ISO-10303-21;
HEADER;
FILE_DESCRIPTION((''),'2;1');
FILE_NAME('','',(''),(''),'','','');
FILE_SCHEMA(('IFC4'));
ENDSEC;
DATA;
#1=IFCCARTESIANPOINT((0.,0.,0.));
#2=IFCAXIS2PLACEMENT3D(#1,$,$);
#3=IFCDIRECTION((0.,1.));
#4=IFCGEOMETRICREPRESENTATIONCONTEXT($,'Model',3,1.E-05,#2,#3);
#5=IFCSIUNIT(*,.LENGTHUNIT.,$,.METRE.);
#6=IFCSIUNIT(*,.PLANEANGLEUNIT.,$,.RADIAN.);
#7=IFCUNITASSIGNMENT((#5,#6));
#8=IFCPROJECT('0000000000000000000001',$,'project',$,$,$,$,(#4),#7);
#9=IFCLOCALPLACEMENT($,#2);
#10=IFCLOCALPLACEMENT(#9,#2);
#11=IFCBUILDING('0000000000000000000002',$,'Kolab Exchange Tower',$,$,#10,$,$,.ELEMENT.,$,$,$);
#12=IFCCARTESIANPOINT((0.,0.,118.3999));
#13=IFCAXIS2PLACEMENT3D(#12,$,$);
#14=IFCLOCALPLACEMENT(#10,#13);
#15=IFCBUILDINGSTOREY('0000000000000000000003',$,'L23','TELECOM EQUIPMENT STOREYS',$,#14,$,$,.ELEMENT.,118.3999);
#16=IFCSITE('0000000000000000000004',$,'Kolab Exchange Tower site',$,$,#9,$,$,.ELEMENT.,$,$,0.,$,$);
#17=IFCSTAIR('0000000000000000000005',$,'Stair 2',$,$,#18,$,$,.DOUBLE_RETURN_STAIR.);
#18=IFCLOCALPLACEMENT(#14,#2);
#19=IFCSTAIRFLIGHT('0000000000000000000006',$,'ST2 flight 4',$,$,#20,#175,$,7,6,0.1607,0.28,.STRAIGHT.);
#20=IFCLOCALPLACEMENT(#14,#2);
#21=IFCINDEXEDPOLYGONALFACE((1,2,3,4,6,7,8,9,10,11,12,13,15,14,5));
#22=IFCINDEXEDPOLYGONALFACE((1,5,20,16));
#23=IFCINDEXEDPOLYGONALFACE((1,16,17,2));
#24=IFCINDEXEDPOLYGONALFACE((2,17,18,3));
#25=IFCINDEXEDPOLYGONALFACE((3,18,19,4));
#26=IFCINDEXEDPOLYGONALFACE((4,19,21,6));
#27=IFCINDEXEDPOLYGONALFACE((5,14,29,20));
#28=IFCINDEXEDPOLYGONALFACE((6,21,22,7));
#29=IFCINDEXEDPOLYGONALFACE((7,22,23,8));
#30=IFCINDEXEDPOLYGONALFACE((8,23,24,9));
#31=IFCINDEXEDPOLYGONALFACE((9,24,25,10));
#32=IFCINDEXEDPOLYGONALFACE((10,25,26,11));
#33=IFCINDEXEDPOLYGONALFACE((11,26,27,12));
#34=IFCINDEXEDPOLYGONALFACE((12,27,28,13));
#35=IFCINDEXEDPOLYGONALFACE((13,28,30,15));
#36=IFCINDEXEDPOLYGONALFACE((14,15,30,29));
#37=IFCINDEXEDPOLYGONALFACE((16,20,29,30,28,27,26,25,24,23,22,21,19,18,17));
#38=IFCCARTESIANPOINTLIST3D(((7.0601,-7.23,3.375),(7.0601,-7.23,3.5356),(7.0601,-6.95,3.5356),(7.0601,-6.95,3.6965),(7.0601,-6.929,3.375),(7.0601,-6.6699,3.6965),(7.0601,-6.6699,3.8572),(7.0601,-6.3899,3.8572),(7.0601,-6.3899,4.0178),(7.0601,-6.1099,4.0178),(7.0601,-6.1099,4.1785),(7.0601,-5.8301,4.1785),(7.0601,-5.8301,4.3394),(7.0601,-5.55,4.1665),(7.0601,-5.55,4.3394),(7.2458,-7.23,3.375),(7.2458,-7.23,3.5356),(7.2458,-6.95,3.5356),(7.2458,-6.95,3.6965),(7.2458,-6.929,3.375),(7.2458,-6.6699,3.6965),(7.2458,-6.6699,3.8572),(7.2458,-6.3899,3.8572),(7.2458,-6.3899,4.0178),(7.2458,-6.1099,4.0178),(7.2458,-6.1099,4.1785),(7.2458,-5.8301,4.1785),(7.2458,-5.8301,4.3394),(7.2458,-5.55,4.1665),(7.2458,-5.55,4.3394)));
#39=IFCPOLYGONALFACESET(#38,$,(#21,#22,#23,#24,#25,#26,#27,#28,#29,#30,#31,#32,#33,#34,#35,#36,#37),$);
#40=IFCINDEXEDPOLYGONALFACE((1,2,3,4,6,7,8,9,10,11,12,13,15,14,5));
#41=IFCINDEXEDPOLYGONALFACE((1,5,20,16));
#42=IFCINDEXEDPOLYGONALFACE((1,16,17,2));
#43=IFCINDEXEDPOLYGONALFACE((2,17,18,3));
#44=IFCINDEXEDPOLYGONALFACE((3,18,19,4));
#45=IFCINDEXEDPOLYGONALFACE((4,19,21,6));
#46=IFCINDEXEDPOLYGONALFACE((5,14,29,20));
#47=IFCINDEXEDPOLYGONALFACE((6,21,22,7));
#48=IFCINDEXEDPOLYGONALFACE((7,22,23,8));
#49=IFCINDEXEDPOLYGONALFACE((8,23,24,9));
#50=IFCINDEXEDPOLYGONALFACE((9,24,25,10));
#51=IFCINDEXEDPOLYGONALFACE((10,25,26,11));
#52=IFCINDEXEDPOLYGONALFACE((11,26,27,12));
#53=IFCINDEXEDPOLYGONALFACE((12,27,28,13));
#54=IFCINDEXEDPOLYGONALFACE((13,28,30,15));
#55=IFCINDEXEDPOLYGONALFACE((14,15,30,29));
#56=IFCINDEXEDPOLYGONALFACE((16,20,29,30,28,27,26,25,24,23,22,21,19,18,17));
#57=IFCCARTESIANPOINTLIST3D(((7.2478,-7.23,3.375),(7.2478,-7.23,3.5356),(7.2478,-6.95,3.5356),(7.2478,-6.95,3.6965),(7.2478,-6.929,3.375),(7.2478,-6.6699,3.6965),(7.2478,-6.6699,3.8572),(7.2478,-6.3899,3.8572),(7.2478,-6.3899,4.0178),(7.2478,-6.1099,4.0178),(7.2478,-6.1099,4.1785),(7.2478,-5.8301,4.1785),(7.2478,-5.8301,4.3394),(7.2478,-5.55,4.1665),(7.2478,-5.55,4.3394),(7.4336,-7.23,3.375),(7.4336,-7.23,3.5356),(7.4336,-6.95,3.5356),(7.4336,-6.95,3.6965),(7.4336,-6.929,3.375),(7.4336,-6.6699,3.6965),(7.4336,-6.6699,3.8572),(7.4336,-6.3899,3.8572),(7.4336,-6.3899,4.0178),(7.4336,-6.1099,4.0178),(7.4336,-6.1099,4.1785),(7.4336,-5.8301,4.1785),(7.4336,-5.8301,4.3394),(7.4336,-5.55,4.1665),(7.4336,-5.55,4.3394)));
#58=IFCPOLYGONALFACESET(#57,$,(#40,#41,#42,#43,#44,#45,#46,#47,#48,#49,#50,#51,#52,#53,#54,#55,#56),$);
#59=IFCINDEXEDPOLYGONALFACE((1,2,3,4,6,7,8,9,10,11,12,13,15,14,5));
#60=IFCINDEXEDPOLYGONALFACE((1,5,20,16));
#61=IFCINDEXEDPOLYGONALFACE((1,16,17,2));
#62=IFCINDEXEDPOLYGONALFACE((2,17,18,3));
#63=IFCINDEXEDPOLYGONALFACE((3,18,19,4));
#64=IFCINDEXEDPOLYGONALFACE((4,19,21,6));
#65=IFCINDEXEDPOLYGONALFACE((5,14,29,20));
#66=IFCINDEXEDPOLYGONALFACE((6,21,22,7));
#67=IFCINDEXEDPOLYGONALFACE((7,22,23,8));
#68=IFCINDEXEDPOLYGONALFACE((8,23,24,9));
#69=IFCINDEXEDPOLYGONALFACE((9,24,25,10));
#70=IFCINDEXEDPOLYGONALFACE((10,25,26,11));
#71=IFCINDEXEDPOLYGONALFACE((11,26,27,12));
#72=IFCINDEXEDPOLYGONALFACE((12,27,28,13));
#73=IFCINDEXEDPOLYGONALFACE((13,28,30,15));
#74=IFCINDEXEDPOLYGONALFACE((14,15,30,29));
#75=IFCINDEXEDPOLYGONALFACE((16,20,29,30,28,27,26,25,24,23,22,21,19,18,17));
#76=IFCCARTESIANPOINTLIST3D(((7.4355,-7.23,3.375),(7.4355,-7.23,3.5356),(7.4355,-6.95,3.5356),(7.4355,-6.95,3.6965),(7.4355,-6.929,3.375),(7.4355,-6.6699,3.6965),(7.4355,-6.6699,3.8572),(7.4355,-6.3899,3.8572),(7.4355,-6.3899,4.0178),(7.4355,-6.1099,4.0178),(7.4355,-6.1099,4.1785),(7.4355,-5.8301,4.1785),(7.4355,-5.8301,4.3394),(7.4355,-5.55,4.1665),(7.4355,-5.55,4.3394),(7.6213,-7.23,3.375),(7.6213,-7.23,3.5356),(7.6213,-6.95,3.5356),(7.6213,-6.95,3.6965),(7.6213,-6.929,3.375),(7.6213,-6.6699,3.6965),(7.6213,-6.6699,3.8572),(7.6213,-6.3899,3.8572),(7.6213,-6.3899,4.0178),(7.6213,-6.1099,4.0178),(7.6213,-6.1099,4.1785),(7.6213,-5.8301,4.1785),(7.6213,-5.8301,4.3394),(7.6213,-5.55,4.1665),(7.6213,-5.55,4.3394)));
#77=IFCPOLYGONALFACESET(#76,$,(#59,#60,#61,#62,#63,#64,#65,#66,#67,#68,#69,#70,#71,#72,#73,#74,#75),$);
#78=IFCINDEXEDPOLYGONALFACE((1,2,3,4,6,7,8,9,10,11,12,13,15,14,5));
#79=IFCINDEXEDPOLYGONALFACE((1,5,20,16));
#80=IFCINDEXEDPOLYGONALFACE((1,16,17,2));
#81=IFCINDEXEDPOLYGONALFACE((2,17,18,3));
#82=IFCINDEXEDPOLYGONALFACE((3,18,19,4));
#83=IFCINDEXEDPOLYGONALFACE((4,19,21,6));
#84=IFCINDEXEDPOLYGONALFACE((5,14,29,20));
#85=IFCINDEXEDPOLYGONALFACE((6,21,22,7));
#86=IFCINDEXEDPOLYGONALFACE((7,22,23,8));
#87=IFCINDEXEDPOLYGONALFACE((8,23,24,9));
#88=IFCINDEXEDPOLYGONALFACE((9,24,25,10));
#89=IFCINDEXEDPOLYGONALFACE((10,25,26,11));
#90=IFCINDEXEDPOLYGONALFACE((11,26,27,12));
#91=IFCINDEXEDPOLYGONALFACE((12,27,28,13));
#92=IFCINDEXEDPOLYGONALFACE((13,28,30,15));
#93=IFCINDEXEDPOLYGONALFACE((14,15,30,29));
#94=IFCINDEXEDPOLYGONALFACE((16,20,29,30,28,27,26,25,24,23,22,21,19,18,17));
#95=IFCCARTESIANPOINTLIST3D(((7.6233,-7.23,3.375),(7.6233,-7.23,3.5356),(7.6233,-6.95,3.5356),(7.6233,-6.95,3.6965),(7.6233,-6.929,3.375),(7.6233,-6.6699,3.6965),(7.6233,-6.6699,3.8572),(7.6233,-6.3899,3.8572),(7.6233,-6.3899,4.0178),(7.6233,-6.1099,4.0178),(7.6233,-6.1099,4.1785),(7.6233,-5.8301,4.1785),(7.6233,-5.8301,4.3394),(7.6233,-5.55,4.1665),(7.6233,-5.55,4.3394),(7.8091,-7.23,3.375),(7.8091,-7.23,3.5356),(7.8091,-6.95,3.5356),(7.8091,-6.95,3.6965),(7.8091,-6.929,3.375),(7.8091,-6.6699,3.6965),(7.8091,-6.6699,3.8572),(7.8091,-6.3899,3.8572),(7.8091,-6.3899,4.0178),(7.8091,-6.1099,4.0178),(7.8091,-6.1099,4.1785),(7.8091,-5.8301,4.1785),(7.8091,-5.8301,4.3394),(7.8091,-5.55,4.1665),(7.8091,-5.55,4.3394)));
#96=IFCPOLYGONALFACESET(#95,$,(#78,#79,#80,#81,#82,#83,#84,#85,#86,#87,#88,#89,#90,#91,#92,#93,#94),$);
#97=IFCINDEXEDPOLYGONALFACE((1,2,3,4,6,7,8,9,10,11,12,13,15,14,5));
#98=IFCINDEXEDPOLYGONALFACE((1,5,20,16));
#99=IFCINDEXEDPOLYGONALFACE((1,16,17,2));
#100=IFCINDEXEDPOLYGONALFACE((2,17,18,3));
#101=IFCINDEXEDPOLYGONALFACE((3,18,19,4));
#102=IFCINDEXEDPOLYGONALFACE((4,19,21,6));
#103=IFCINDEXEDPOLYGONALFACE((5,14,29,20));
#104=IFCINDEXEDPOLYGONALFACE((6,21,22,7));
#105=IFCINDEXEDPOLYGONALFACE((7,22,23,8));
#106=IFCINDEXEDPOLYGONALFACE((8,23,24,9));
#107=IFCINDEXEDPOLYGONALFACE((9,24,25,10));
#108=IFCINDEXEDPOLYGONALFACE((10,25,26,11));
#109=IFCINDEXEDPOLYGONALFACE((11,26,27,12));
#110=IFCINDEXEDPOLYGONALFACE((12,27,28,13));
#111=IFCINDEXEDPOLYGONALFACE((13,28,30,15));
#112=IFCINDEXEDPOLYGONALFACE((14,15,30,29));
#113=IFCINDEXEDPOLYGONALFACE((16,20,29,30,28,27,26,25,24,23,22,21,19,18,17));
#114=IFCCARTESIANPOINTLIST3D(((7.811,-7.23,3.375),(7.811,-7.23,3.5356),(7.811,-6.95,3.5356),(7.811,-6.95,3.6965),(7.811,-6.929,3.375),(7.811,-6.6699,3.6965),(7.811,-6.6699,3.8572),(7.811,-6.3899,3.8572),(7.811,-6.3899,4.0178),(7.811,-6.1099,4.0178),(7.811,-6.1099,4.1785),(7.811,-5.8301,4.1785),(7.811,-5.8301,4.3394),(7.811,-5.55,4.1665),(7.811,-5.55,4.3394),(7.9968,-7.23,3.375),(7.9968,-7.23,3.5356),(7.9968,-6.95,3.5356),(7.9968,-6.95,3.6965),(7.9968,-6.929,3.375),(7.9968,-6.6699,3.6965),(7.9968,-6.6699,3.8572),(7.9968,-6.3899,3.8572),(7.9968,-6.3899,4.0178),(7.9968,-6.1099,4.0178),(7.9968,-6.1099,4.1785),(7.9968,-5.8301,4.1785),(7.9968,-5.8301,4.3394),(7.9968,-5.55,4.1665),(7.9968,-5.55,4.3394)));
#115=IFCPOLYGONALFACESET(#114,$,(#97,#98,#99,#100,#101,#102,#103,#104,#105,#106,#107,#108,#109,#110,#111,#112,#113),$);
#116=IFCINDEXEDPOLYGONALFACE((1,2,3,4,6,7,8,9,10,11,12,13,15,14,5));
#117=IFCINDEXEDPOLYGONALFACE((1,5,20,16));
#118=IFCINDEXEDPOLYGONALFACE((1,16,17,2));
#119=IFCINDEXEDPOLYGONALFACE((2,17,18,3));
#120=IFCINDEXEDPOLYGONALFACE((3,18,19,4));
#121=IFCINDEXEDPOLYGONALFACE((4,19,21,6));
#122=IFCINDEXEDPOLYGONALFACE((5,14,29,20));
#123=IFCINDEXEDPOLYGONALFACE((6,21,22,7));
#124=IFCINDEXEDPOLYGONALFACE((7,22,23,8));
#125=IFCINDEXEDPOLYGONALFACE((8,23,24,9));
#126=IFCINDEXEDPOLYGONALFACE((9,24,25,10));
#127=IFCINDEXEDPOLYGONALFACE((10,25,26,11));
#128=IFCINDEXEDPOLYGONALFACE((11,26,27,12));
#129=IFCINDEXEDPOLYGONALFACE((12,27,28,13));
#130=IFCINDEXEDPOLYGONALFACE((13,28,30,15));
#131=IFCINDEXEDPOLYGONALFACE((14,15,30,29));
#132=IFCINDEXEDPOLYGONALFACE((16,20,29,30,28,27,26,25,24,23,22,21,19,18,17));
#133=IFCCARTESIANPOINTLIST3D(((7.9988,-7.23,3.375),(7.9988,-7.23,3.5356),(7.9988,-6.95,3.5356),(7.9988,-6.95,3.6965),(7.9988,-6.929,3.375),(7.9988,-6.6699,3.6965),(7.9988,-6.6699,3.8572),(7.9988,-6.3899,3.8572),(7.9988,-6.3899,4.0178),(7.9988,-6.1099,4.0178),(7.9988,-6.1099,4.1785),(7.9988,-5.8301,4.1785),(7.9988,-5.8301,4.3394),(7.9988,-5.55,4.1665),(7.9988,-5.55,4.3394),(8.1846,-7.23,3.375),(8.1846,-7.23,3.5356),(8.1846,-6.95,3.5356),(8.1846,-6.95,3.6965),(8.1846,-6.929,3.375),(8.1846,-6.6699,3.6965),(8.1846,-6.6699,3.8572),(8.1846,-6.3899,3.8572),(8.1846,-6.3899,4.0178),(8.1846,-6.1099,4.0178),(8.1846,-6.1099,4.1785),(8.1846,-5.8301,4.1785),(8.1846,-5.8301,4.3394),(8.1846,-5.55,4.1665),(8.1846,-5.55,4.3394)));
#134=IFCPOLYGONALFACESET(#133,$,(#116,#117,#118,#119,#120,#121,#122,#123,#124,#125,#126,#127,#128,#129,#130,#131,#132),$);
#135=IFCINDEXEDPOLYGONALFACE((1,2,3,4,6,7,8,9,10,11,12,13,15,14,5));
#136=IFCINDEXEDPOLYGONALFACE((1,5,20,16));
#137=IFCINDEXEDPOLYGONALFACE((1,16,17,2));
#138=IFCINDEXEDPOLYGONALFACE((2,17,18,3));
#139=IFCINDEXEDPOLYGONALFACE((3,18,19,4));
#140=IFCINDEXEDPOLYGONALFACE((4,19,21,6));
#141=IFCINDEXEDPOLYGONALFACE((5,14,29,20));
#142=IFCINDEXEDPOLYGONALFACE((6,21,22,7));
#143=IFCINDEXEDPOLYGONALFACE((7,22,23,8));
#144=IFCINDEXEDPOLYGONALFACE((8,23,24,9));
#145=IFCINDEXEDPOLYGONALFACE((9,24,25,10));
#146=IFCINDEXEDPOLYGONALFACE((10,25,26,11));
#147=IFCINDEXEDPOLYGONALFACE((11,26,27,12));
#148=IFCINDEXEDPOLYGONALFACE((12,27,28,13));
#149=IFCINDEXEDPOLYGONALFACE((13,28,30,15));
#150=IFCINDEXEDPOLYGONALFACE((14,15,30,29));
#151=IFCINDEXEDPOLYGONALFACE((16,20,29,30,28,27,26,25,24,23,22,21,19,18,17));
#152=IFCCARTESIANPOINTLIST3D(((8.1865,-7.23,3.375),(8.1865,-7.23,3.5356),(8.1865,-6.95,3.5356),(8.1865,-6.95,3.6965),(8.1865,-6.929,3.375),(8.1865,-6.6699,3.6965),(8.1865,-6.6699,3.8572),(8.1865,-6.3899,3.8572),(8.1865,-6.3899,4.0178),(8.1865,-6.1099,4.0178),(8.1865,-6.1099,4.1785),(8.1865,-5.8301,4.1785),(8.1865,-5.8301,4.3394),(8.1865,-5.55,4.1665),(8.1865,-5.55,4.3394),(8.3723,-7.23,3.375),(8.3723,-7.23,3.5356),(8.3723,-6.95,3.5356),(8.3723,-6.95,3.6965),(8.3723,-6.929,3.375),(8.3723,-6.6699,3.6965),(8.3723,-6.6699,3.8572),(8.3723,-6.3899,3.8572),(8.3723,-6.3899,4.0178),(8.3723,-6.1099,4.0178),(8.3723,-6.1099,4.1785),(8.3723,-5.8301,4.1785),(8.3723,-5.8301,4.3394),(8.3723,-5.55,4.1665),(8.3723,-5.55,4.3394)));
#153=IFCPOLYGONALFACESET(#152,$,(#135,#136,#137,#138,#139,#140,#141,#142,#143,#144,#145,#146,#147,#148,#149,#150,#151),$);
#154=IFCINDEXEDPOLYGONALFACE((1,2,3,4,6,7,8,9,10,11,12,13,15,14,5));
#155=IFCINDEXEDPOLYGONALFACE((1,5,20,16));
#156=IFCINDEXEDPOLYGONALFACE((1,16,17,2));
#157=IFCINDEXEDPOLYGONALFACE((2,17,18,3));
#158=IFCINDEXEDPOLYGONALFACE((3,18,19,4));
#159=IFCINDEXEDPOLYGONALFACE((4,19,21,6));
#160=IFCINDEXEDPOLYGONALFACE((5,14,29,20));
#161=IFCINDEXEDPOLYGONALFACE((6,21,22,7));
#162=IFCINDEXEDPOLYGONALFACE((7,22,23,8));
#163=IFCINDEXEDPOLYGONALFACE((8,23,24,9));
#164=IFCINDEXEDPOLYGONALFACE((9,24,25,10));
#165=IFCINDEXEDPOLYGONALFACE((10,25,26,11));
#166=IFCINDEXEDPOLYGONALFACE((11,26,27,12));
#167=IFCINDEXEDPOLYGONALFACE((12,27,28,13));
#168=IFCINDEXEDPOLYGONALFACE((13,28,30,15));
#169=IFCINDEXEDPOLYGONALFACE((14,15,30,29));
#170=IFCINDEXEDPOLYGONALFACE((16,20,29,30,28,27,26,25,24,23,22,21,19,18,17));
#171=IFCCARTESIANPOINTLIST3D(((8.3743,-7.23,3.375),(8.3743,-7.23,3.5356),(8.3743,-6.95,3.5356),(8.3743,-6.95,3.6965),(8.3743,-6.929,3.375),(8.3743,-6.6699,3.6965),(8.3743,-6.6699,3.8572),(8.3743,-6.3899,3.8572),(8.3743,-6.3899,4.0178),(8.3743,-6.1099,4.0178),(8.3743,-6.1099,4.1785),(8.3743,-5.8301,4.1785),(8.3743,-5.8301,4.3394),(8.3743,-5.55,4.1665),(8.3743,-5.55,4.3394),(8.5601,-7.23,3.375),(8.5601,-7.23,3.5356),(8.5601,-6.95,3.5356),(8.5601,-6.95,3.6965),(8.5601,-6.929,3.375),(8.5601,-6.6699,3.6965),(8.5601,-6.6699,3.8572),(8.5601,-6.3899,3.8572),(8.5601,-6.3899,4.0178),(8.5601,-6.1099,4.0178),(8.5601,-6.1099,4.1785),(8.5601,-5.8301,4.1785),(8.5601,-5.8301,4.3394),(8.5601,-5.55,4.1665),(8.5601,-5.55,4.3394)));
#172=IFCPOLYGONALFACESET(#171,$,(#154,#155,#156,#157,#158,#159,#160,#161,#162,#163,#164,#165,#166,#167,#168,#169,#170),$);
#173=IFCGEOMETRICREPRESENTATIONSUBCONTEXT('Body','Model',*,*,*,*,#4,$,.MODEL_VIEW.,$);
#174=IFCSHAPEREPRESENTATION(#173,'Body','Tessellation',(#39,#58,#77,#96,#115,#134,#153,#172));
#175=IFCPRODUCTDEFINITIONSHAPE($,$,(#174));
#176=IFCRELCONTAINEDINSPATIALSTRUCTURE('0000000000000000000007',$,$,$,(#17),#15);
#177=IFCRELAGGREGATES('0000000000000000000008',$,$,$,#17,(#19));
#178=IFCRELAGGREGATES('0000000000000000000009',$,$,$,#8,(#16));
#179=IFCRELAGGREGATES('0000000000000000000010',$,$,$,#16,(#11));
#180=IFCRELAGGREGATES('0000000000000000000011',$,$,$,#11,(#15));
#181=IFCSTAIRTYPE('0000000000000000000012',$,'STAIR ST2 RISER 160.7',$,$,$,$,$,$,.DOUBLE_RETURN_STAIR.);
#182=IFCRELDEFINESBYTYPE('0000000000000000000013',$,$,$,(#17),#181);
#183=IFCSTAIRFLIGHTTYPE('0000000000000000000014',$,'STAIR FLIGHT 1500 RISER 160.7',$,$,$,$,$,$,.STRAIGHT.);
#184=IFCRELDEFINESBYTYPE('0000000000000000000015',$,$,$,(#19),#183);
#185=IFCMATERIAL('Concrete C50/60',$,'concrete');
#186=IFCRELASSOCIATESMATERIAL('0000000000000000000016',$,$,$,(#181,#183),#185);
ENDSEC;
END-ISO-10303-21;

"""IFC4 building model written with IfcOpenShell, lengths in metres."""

from ifc_helpers import new_model, si_unit, direction, frame, origin, place, context, subcontext, project, spatial, polyline, outline, extrude, material, type_object, element, aggregate, save


model = new_model("IFC4")

# Units and contexts
model_context = context("Model", 3, precision=1e-05, world=origin(), true_north=direction((0.0, 1.0)))
body_context = subcontext(model_context, "Body", "Model", "MODEL_VIEW")
ifc_project = project(units=[si_unit("LENGTHUNIT", "METRE"), si_unit("PLANEANGLEUNIT", "RADIAN")], contexts=[model_context])

# Site, building, storey
site_placement = place(None, origin())
site = spatial("IfcSite", under=ifc_project, at=site_placement, Name="Kolab Exchange Tower site", CompositionType="ELEMENT", RefElevation=0.0)
building_placement = place(site_placement, origin())
building = spatial("IfcBuilding", under=site, at=building_placement, Name="Kolab Exchange Tower", CompositionType="ELEMENT")
storey_placement = place(building_placement, frame((0.0, 0.0, 118.3999)))
storey = spatial("IfcBuildingStorey", under=building, at=storey_placement, Name="L23", Description="TELECOM EQUIPMENT STOREYS", CompositionType="ELEMENT", Elevation=118.3999)

# Shared definitions
ifc_material_1 = material(Name="Concrete C50/60", Category="concrete")

# Stair, stair flight
stair_type = type_object("IfcStairType", Name="STAIR ST2 RISER 160.7", PredefinedType="DOUBLE_RETURN_STAIR", material=ifc_material_1)
stair_placement = place(storey_placement, origin())
stair = element("IfcStair", 1, at=stair_placement, inside=storey, type_object=stair_type, Name="Stair 2", PredefinedType="DOUBLE_RETURN_STAIR")
stair_flight_type = type_object("IfcStairFlightType", Name="STAIR FLIGHT 1500 RISER 160.7", PredefinedType="STRAIGHT", material=ifc_material_1)
stair_flight_1_placement = place(storey_placement, frame((7.8101, -7.23, 3.375), z_axis=(0.0, 0.0, 1.0), x_axis=(0.0, 1.0, 0.0)))
stair_flight_1 = element("IfcStairFlight", 2, at=stair_flight_1_placement, type_object=stair_flight_type, Name="ST2 flight 4", NumberOfRisers=7, NumberOfTreads=6, PredefinedType="STRAIGHT", RiserHeight=0.1607, TreadLength=0.28, context=body_context, shape_type="SweptSolid", body=[
    extrude(outline(polyline([(0.0, 0.0), (0.0, 0.1606), (0.28, 0.1606), (0.28, 0.3215), (0.5601, 0.3215), (0.5601, 0.4822), (0.8401, 0.4822), (0.8401, 0.6428), (1.1201, 0.6428), (1.1201, 0.8035), (1.3999, 0.8035), (1.3999, 0.9644), (1.6799, 0.9644), (1.6799, 1.125), (1.6799, 0.7915), (0.301, 0.0), (0.0, 0.0)])), frame((0.0, 0.75, 0.0), z_axis=(0.0, -1.0, 0.0), x_axis=(1.0, 0.0, 0.0)), (0.0, 0.0, 1.0), 0.1858),
    extrude(outline(polyline([(0.0, 0.0), (0.0, 0.1606), (0.28, 0.1606), (0.28, 0.3215), (0.5601, 0.3215), (0.5601, 0.4822), (0.8401, 0.4822), (0.8401, 0.6428), (1.1201, 0.6428), (1.1201, 0.8035), (1.3999, 0.8035), (1.3999, 0.9644), (1.6799, 0.9644), (1.6799, 1.125), (1.6799, 0.7915), (0.301, 0.0), (0.0, 0.0)])), frame((0.0, 0.5623, 0.0), z_axis=(0.0, -1.0, 0.0), x_axis=(1.0, 0.0, 0.0)), (0.0, 0.0, 1.0), 0.1858),
    extrude(outline(polyline([(0.0, 0.0), (0.0, 0.1606), (0.28, 0.1606), (0.28, 0.3215), (0.5601, 0.3215), (0.5601, 0.4822), (0.8401, 0.4822), (0.8401, 0.6428), (1.1201, 0.6428), (1.1201, 0.8035), (1.3999, 0.8035), (1.3999, 0.9644), (1.6799, 0.9644), (1.6799, 1.125), (1.6799, 0.7915), (0.301, 0.0), (0.0, 0.0)])), frame((0.0, 0.3745, 0.0), z_axis=(0.0, -1.0, 0.0), x_axis=(1.0, 0.0, 0.0)), (0.0, 0.0, 1.0), 0.1858),
    extrude(outline(polyline([(0.0, 0.0), (0.0, 0.1606), (0.28, 0.1606), (0.28, 0.3215), (0.5601, 0.3215), (0.5601, 0.4822), (0.8401, 0.4822), (0.8401, 0.6428), (1.1201, 0.6428), (1.1201, 0.8035), (1.3999, 0.8035), (1.3999, 0.9644), (1.6799, 0.9644), (1.6799, 1.125), (1.6799, 0.7915), (0.301, 0.0), (0.0, 0.0)])), frame((0.0, 0.1868, 0.0), z_axis=(0.0, -1.0, 0.0), x_axis=(1.0, 0.0, 0.0)), (0.0, 0.0, 1.0), 0.1858),
    extrude(outline(polyline([(0.0, 0.0), (0.0, 0.1606), (0.28, 0.1606), (0.28, 0.3215), (0.5601, 0.3215), (0.5601, 0.4822), (0.8401, 0.4822), (0.8401, 0.6428), (1.1201, 0.6428), (1.1201, 0.8035), (1.3999, 0.8035), (1.3999, 0.9644), (1.6799, 0.9644), (1.6799, 1.125), (1.6799, 0.7915), (0.301, 0.0), (0.0, 0.0)])), frame((0.0, -0.001, 0.0), z_axis=(0.0, -1.0, 0.0), x_axis=(1.0, 0.0, 0.0)), (0.0, 0.0, 1.0), 0.1858),
    extrude(outline(polyline([(0.0, 0.0), (0.0, 0.1606), (0.28, 0.1606), (0.28, 0.3215), (0.5601, 0.3215), (0.5601, 0.4822), (0.8401, 0.4822), (0.8401, 0.6428), (1.1201, 0.6428), (1.1201, 0.8035), (1.3999, 0.8035), (1.3999, 0.9644), (1.6799, 0.9644), (1.6799, 1.125), (1.6799, 0.7915), (0.301, 0.0), (0.0, 0.0)])), frame((0.0, -0.1887, 0.0), z_axis=(0.0, -1.0, 0.0), x_axis=(1.0, 0.0, 0.0)), (0.0, 0.0, 1.0), 0.1858),
    extrude(outline(polyline([(0.0, 0.0), (0.0, 0.1606), (0.28, 0.1606), (0.28, 0.3215), (0.5601, 0.3215), (0.5601, 0.4822), (0.8401, 0.4822), (0.8401, 0.6428), (1.1201, 0.6428), (1.1201, 0.8035), (1.3999, 0.8035), (1.3999, 0.9644), (1.6799, 0.9644), (1.6799, 1.125), (1.6799, 0.7915), (0.301, 0.0), (0.0, 0.0)])), frame((0.0, -0.3765, 0.0), z_axis=(0.0, -1.0, 0.0), x_axis=(1.0, 0.0, 0.0)), (0.0, 0.0, 1.0), 0.1858),
    extrude(outline(polyline([(0.0, 0.0), (0.0, 0.1606), (0.28, 0.1606), (0.28, 0.3215), (0.5601, 0.3215), (0.5601, 0.4822), (0.8401, 0.4822), (0.8401, 0.6428), (1.1201, 0.6428), (1.1201, 0.8035), (1.3999, 0.8035), (1.3999, 0.9644), (1.6799, 0.9644), (1.6799, 1.125), (1.6799, 0.7915), (0.301, 0.0), (0.0, 0.0)])), frame((0.0, -0.5642, 0.0), z_axis=(0.0, -1.0, 0.0), x_axis=(1.0, 0.0, 0.0)), (0.0, 0.0, 1.0), 0.1858),
])
aggregate(stair, [stair_flight_1])

save(model, "model.ifc")
